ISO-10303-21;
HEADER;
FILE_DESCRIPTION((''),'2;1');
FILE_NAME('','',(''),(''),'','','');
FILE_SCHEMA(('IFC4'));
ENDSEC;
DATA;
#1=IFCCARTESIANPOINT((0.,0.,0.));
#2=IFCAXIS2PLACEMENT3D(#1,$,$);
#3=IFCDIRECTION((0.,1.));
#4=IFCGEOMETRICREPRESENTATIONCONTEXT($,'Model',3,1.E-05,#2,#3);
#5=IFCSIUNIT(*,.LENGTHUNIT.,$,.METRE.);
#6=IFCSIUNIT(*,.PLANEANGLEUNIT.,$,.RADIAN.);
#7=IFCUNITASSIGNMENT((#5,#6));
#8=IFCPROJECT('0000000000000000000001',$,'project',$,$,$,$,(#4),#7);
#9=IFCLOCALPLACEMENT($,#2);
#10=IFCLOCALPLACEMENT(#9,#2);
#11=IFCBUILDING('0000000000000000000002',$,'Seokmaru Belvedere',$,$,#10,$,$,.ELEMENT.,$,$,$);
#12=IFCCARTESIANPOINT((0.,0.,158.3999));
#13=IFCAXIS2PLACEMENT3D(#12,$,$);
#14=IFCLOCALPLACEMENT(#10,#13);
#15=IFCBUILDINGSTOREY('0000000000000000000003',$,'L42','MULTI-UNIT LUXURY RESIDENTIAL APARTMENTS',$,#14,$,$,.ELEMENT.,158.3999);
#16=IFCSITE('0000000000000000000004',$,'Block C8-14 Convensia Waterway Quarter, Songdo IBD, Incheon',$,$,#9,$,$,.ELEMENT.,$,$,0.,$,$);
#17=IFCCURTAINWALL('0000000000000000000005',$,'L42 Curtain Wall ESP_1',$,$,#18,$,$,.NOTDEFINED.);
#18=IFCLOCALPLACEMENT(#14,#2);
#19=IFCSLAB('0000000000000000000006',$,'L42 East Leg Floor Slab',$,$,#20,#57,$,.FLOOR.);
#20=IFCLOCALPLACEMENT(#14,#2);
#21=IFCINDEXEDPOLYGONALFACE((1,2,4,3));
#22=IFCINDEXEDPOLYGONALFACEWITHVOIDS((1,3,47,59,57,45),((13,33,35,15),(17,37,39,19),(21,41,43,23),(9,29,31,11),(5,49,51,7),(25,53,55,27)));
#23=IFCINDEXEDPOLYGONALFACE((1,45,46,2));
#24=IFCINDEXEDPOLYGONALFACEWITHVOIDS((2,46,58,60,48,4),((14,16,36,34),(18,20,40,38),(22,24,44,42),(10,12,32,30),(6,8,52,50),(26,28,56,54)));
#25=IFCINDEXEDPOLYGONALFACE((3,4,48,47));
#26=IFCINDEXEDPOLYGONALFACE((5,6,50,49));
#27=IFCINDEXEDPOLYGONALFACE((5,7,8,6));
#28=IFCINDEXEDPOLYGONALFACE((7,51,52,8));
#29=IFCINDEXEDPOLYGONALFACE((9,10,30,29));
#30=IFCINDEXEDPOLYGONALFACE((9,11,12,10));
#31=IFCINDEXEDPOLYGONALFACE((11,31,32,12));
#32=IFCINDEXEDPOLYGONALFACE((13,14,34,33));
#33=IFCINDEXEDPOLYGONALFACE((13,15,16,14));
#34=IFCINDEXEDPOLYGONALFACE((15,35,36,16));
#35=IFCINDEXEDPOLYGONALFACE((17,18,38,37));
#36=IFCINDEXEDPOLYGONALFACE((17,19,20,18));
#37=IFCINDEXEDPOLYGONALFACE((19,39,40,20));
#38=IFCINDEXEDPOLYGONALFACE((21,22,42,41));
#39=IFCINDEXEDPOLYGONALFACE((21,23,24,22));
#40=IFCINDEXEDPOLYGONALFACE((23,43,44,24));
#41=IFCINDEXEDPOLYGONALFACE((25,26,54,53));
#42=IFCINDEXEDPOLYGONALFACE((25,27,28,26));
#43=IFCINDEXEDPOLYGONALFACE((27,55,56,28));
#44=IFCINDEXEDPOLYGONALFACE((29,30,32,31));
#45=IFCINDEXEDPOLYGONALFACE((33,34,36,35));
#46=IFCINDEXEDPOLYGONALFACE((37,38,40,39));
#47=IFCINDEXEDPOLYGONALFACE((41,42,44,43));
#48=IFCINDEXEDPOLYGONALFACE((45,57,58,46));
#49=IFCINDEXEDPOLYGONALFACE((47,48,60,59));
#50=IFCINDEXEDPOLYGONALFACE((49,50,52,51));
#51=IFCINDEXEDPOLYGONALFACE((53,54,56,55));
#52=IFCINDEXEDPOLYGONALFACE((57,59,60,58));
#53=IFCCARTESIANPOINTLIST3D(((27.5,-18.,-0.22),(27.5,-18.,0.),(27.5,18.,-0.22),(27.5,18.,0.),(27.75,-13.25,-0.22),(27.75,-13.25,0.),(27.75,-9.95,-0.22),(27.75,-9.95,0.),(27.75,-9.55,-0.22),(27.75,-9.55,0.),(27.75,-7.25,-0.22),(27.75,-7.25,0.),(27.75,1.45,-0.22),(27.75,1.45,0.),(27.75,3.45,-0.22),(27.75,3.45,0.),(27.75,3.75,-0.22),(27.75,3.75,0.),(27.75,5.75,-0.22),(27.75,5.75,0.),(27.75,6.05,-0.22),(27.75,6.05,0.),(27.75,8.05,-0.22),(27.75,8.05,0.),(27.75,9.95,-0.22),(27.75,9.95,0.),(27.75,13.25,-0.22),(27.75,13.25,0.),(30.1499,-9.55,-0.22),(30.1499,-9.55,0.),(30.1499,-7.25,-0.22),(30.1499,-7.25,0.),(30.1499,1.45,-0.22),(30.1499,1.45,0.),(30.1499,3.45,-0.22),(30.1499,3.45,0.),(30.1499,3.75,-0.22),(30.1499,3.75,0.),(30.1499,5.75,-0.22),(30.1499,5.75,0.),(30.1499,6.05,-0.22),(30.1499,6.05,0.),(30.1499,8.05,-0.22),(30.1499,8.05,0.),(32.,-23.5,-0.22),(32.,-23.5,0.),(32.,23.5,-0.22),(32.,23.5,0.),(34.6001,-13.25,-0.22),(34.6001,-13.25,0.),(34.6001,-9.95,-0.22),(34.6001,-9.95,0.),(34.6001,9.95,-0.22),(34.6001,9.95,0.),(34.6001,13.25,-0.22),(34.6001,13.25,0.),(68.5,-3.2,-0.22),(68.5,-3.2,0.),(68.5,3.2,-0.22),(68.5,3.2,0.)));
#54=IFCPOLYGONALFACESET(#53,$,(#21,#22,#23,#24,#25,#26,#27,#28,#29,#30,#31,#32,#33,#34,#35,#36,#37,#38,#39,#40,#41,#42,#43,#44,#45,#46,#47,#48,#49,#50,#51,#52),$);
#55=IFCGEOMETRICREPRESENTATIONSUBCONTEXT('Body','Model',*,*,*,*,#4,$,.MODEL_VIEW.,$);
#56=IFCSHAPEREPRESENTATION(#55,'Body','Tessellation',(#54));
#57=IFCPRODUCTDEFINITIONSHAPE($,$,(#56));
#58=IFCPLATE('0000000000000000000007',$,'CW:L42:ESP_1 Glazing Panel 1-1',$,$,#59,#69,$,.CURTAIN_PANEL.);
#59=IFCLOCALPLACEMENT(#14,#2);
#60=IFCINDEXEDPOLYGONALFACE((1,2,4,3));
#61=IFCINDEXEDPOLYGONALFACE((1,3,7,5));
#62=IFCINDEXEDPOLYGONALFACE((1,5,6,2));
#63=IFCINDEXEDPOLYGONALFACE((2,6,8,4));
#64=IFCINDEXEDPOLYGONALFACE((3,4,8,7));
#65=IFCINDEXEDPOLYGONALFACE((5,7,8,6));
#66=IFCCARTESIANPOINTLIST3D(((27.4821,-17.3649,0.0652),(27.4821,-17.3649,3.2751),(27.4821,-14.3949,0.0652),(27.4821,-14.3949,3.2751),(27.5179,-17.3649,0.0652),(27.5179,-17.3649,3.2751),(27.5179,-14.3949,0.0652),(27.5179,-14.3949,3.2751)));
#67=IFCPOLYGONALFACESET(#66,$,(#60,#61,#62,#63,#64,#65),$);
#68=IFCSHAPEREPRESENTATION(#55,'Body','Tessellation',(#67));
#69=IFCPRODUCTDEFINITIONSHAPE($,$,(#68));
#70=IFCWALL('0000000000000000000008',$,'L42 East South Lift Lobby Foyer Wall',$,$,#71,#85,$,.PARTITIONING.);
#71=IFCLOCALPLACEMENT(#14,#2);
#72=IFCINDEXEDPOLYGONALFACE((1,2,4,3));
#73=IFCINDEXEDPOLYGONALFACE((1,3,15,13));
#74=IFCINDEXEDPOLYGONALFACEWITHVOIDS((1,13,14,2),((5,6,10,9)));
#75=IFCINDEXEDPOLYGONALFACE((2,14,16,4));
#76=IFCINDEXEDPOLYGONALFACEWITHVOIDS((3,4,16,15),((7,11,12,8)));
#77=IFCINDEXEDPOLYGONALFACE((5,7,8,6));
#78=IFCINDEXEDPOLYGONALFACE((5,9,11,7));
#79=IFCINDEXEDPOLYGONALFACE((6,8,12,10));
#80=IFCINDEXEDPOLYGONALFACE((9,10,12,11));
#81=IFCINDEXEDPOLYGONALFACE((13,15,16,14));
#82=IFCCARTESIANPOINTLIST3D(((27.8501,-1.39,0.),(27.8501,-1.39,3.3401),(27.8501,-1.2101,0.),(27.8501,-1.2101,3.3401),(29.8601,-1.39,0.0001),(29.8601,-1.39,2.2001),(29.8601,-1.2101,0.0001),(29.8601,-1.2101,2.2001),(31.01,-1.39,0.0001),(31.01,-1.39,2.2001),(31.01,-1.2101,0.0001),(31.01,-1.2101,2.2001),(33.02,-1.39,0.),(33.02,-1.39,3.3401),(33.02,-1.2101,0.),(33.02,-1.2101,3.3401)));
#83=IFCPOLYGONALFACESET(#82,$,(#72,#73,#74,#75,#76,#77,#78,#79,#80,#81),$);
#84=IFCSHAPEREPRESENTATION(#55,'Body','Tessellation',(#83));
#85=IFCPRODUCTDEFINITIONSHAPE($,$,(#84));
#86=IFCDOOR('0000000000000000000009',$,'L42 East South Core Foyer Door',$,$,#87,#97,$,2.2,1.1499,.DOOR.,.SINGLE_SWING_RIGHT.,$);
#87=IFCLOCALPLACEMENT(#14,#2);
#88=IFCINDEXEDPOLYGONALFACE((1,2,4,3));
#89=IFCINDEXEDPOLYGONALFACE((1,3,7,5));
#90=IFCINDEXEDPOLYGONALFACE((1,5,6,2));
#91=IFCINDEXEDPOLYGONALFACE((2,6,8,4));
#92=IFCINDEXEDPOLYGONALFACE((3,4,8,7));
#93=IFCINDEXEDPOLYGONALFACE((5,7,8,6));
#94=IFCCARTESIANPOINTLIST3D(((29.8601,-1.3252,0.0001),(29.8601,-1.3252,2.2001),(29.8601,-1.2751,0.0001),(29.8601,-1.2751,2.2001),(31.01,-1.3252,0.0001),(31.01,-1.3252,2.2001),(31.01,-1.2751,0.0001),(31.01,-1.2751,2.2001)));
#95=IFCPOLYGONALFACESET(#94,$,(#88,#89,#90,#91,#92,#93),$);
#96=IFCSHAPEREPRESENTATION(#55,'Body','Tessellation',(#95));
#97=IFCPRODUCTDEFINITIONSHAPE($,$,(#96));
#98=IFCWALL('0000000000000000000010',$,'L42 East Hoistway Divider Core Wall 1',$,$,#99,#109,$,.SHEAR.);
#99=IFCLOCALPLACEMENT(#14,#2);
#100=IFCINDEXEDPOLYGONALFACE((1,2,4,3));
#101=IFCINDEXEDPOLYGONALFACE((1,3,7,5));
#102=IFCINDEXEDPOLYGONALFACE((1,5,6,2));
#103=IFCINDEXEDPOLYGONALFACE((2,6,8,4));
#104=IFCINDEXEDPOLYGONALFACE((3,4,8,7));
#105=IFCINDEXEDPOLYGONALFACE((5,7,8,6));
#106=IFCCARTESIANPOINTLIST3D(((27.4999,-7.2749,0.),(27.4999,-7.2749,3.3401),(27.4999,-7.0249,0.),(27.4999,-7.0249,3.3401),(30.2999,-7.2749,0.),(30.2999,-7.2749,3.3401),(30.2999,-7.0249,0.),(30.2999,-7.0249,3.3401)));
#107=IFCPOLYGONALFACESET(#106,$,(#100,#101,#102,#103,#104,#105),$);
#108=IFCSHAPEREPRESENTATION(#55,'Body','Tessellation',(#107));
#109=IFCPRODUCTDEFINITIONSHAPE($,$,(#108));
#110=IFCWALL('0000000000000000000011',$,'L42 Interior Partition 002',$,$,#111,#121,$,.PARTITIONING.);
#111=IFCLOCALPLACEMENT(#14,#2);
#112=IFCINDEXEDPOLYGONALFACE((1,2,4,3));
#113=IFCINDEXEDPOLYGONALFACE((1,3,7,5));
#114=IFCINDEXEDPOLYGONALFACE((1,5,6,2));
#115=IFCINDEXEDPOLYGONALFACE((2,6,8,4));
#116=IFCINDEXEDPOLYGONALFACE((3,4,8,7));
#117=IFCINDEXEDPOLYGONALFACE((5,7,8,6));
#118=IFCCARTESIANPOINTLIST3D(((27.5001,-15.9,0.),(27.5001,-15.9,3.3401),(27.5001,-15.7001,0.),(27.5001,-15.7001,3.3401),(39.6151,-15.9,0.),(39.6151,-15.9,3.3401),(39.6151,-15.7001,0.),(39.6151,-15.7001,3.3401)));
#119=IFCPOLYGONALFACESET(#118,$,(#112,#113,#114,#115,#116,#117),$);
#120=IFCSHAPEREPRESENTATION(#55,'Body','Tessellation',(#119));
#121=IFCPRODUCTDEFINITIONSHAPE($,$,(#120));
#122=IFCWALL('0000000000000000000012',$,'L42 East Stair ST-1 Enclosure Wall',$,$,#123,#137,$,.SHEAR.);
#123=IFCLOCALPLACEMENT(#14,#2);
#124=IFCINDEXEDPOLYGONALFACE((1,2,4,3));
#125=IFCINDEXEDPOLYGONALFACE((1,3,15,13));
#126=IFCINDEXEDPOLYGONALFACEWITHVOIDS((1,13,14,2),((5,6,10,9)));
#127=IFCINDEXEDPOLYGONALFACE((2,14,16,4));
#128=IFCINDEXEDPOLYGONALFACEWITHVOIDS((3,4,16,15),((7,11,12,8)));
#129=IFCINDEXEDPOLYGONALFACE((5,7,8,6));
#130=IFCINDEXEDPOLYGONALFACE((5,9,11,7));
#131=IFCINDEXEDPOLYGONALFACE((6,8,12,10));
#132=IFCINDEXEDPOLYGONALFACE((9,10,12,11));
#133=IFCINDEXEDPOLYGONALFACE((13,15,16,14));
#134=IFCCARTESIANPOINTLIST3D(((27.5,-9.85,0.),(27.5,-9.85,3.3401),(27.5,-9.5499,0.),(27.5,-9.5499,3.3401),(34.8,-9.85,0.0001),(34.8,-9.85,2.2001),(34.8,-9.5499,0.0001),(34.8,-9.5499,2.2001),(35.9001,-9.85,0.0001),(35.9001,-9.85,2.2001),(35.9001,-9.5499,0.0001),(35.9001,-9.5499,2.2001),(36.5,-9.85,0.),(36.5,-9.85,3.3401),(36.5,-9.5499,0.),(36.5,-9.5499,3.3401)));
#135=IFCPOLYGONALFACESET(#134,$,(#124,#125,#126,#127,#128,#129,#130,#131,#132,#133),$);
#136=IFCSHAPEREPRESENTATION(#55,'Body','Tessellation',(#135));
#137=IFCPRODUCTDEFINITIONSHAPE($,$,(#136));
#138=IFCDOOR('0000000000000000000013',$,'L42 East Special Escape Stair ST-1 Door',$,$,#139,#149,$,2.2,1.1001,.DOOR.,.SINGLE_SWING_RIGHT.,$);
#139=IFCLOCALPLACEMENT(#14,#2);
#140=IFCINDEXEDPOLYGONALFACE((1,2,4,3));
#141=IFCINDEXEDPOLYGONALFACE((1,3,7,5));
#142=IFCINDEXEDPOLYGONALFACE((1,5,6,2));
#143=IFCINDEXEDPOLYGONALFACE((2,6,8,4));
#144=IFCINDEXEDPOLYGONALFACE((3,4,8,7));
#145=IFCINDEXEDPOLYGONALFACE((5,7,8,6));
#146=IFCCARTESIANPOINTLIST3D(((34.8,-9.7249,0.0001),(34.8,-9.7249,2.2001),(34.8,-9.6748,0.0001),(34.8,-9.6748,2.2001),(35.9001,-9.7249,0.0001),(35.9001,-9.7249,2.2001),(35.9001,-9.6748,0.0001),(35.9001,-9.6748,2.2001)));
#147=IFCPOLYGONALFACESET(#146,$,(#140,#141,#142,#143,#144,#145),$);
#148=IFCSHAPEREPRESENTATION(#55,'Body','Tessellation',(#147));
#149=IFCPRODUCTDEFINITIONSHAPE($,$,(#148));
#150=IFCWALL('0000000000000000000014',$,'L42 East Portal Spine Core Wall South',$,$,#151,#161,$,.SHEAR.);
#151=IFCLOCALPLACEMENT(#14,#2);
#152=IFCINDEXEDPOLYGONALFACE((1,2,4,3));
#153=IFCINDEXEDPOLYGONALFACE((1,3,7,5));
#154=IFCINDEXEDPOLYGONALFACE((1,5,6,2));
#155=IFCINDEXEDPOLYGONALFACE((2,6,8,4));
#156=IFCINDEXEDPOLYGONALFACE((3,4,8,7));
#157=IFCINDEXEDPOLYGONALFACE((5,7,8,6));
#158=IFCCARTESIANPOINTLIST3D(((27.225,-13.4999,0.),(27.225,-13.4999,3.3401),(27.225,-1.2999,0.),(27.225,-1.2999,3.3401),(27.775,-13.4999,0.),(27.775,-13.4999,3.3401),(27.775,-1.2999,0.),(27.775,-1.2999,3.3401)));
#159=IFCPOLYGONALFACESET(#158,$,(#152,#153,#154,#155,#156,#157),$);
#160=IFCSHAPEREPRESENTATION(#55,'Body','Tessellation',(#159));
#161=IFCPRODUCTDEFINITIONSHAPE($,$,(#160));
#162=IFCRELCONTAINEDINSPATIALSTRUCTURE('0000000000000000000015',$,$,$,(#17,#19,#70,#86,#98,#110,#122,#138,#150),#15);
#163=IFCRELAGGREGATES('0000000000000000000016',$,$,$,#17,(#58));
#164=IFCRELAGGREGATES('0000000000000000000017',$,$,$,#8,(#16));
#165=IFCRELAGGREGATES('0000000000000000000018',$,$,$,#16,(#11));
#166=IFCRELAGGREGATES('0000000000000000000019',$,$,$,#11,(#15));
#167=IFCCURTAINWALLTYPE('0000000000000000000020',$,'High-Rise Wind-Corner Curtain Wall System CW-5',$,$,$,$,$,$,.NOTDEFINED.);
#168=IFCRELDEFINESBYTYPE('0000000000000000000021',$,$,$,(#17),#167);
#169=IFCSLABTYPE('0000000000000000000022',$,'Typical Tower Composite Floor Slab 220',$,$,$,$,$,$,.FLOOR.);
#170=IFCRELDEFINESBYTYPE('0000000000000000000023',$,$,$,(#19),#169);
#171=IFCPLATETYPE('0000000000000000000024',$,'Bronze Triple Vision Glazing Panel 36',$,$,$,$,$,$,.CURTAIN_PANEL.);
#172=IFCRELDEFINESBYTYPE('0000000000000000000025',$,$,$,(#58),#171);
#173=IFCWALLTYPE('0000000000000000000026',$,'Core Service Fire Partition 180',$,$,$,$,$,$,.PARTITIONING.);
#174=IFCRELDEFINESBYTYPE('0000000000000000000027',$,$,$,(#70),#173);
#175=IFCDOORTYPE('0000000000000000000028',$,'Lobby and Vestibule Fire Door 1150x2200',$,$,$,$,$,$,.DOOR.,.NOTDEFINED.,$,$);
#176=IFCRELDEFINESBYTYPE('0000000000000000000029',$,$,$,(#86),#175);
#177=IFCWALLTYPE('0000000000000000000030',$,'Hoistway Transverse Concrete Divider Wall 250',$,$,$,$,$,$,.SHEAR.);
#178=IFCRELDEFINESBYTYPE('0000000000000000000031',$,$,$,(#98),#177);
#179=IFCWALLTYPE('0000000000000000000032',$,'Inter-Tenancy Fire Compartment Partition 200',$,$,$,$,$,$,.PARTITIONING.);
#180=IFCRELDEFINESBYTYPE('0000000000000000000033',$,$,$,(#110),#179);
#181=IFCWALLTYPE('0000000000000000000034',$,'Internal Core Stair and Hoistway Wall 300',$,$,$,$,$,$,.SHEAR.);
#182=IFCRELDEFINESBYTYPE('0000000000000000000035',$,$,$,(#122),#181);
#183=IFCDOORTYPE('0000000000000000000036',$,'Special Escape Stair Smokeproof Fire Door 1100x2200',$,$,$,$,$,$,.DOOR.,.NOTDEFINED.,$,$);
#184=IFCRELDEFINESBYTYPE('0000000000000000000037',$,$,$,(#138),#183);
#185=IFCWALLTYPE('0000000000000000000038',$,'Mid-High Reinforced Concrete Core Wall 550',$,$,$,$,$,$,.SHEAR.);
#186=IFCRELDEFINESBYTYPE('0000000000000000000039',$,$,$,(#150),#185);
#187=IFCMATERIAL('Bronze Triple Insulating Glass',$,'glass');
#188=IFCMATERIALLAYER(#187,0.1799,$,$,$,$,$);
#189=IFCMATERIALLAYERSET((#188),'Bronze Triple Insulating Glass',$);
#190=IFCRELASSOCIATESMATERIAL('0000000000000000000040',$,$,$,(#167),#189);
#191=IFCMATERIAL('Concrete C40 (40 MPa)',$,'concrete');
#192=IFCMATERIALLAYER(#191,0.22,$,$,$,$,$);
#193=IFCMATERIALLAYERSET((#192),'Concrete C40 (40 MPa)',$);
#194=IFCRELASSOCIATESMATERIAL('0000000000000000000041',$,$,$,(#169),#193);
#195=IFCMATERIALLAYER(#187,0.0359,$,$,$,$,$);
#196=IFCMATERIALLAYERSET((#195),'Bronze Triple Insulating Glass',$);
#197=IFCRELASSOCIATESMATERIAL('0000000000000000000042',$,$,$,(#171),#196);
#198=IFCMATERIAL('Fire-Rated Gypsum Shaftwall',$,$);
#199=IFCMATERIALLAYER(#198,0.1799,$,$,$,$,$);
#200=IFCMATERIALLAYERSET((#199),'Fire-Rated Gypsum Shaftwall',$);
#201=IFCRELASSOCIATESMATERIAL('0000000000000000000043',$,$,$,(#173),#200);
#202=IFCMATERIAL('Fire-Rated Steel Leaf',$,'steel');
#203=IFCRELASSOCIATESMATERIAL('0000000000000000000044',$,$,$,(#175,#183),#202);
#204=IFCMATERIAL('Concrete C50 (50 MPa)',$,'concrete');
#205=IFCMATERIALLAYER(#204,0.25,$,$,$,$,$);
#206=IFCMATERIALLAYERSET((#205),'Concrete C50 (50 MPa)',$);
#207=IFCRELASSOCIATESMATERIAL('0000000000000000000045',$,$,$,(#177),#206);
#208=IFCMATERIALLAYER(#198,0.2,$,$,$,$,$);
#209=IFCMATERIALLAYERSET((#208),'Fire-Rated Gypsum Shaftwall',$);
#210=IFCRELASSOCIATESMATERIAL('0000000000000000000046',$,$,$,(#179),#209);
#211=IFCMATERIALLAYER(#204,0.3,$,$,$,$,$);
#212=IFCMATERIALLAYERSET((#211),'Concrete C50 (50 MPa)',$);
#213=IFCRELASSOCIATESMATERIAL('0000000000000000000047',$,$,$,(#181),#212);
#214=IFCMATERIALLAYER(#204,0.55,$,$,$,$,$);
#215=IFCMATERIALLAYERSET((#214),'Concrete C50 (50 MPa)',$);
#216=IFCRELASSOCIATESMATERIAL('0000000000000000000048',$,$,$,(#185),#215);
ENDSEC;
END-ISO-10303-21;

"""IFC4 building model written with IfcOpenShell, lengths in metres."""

from ifc_helpers import new_model, si_unit, direction, frame, frame_2d, origin, origin_2d, place, context, subcontext, project, spatial, polyline, rectangle, outline, extrude, source, transform, mapped, material, layer, layer_set, type_object, type_shapes, element, fill, aggregate, save


model = new_model("IFC4")

# Units and contexts
model_context = context("Model", 3, precision=1e-05, world=origin(), true_north=direction((0.0, 1.0)))
body_context = subcontext(model_context, "Body", "Model", "MODEL_VIEW")
ifc_project = project(units=[si_unit("LENGTHUNIT", "METRE"), si_unit("PLANEANGLEUNIT", "RADIAN")], contexts=[model_context])

# Site, building, storey
site_placement = place(None, origin())
site = spatial("IfcSite", under=ifc_project, at=site_placement, Name="Block C8-14 Convensia Waterway Quarter, Songdo IBD, Incheon", CompositionType="ELEMENT", RefElevation=0.0)
building_placement = place(site_placement, origin())
building = spatial("IfcBuilding", under=site, at=building_placement, Name="Seokmaru Belvedere", CompositionType="ELEMENT")
storey_placement = place(building_placement, frame((0.0, 0.0, 158.3999)))
storey = spatial("IfcBuildingStorey", under=building, at=storey_placement, Name="L42", Description="MULTI-UNIT LUXURY RESIDENTIAL APARTMENTS", CompositionType="ELEMENT", Elevation=158.3999)

# Curtain wall
ifc_material_1 = material(Name="Bronze Triple Insulating Glass", Category="glass")
ifc_layer_1 = layer(ifc_material_1, 0.1799)
ifc_layer_set_1 = layer_set([ifc_layer_1], Name="Bronze Triple Insulating Glass")
curtain_wall_type = type_object("IfcCurtainWallType", Name="High-Rise Wind-Corner Curtain Wall System CW-5", PredefinedType="NOTDEFINED", material=ifc_layer_set_1)
curtain_wall_placement = place(storey_placement, origin())
curtain_wall = element("IfcCurtainWall", 1, at=curtain_wall_placement, inside=storey, type_object=curtain_wall_type, Name="L42 Curtain Wall ESP_1", PredefinedType="NOTDEFINED")

# Shared definitions
ifc_material_2 = material(Name="Concrete C40 (40 MPa)", Category="concrete")

# Slab
ifc_layer_2 = layer(ifc_material_2, 0.22)
ifc_layer_set_2 = layer_set([ifc_layer_2], Name="Concrete C40 (40 MPa)")
slab_type_1 = type_object("IfcSlabType", Name="Typical Tower Composite Floor Slab 220", PredefinedType="FLOOR", material=ifc_layer_set_2)
slab_1_placement = place(storey_placement, frame((0.0, 0.0, -0.22)))
element("IfcSlab", 2, at=slab_1_placement, inside=storey, type_object=slab_type_1, Name="L42 East Leg Floor Slab", PredefinedType="FLOOR", context=body_context, shape_type="SweptSolid", body=[
    extrude(outline(polyline([(32.0, -23.5), (68.5, -3.2), (68.5, 3.2), (32.0, 23.5), (27.5, 18.0), (27.5, -18.0), (32.0, -23.5)]), holes=[polyline([(27.75, -13.25), (34.6001, -13.25), (34.6001, -9.95), (27.75, -9.95), (27.75, -13.25)]), polyline([(27.75, 9.95), (34.6001, 9.95), (34.6001, 13.25), (27.75, 13.25), (27.75, 9.95)]), polyline([(27.75, -9.55), (30.1499, -9.55), (30.1499, -7.25), (27.75, -7.25), (27.75, -9.55)]), polyline([(27.75, 1.45), (30.1499, 1.45), (30.1499, 3.45), (27.75, 3.45), (27.75, 1.45)]), polyline([(27.75, 3.75), (30.1499, 3.75), (30.1499, 5.75), (27.75, 5.75), (27.75, 3.75)]), polyline([(27.75, 6.05), (30.1499, 6.05), (30.1499, 8.05), (27.75, 8.05), (27.75, 6.05)])]), origin(), (0.0, 0.0, 1.0), 0.22),
])

# Plate
ifc_layer_3 = layer(ifc_material_1, 0.0359)
ifc_layer_set_3 = layer_set([ifc_layer_3], Name="Bronze Triple Insulating Glass")
plate_type = type_object("IfcPlateType", Name="Bronze Triple Vision Glazing Panel 36", PredefinedType="CURTAIN_PANEL", material=ifc_layer_set_3)
shared_shape_1 = source(origin(), body_context, "Body", "SweptSolid", [
    extrude(rectangle(XDim=2.97, YDim=0.0359, at=origin_2d()), origin(), (0.0, 0.0, 1.0), 3.21),
])
type_shapes(plate_type, [shared_shape_1])
plate_placement = place(storey_placement, frame((27.5, -15.8799, 0.0652), z_axis=(0.0, 0.0, 1.0), x_axis=(0.0, -1.0, 0.0)))
plate = element("IfcPlate", 3, at=plate_placement, type_object=plate_type, Name="CW:L42:ESP_1 Glazing Panel 1-1", PredefinedType="CURTAIN_PANEL", context=body_context, shape_type="MappedRepresentation", body=[
    mapped(shared_shape_1, transform((0.0, 0.0, 0.0), scale=1.0)),
])
aggregate(curtain_wall, [plate])

# Wall, opening, door
ifc_material_3 = material(Name="Fire-Rated Gypsum Shaftwall")
ifc_layer_4 = layer(ifc_material_3, 0.1799)
ifc_layer_set_4 = layer_set([ifc_layer_4], Name="Fire-Rated Gypsum Shaftwall")
wall_type_1 = type_object("IfcWallType", Name="Core Service Fire Partition 180", PredefinedType="PARTITIONING", material=ifc_layer_set_4)
wall_1_placement = place(storey_placement, frame((27.8501, -1.3, 0.0), z_axis=(0.0, 0.0, 1.0), x_axis=(1.0, 0.0, 0.0)))
wall_1 = element("IfcWall", 4, at=wall_1_placement, inside=storey, type_object=wall_type_1, Name="L42 East South Lift Lobby Foyer Wall", PredefinedType="PARTITIONING", context=body_context, shape_type="SweptSolid", body=[
    extrude(rectangle(XDim=5.1699, YDim=0.1799, at=frame_2d((2.585, 0.0))), origin(), (0.0, 0.0, 1.0), 3.3401),
])
opening_1_placement = place(wall_1_placement, frame((2.01, 0.0, 0.0)))
opening_1 = element("IfcOpeningElement", 5, at=opening_1_placement, cuts=wall_1, PredefinedType="OPENING", context=body_context, shape_type="SweptSolid", body=[
    extrude(rectangle(XDim=1.1499, YDim=2.2, at=frame_2d((0.575, 1.1001))), frame((0.0, 0.1001, 0.0), z_axis=(0.0, -1.0, 0.0), x_axis=(1.0, 0.0, 0.0)), (0.0, 0.0, 1.0), 0.2),
])
ifc_material_4 = material(Name="Fire-Rated Steel Leaf", Category="steel")
door_type_1 = type_object("IfcDoorType", Name="Lobby and Vestibule Fire Door 1150x2200", OperationType="NOTDEFINED", PredefinedType="DOOR", material=ifc_material_4)
shared_shape_2 = source(origin(), body_context, "Body", "SweptSolid", [
    extrude(rectangle(XDim=1.1499, YDim=2.2, at=frame_2d((0.575, 1.1001))), frame((0.0, 0.0249, 0.0), z_axis=(0.0, -1.0, 0.0), x_axis=(1.0, 0.0, 0.0)), (0.0, 0.0, 1.0), 0.05),
])
type_shapes(door_type_1, [shared_shape_2])
door_1_placement = place(opening_1_placement, origin())
door_1 = element("IfcDoor", 6, at=door_1_placement, inside=storey, type_object=door_type_1, Name="L42 East South Core Foyer Door", OperationType="SINGLE_SWING_RIGHT", OverallHeight=2.2, OverallWidth=1.1499, PredefinedType="DOOR", context=body_context, shape_type="MappedRepresentation", body=[
    mapped(shared_shape_2, transform((0.0, 0.0, 0.0), scale=1.0)),
])
fill(opening_1, door_1)

# Walls
ifc_material_5 = material(Name="Concrete C50 (50 MPa)", Category="concrete")
ifc_layer_5 = layer(ifc_material_5, 0.25)
ifc_layer_set_5 = layer_set([ifc_layer_5], Name="Concrete C50 (50 MPa)")
wall_type_2 = type_object("IfcWallType", Name="Hoistway Transverse Concrete Divider Wall 250", PredefinedType="SHEAR", material=ifc_layer_set_5)
wall_2_placement = place(storey_placement, frame((27.5, -7.1499, 0.0), z_axis=(0.0, 0.0, 1.0), x_axis=(1.0, 0.0, 0.0)))
element("IfcWall", 7, at=wall_2_placement, inside=storey, type_object=wall_type_2, Name="L42 East Hoistway Divider Core Wall 1", PredefinedType="SHEAR", context=body_context, shape_type="SweptSolid", body=[
    extrude(rectangle(XDim=2.8, YDim=0.25, at=frame_2d((1.3999, 0.0))), origin(), (0.0, 0.0, 1.0), 3.3401),
])
ifc_layer_6 = layer(ifc_material_3, 0.2)
ifc_layer_set_6 = layer_set([ifc_layer_6], Name="Fire-Rated Gypsum Shaftwall")
wall_type_3 = type_object("IfcWallType", Name="Inter-Tenancy Fire Compartment Partition 200", PredefinedType="PARTITIONING", material=ifc_layer_set_6)
wall_3_placement = place(storey_placement, frame((27.5, -15.8, 0.0), z_axis=(0.0, 0.0, 1.0), x_axis=(1.0, 0.0, 0.0)))
element("IfcWall", 8, at=wall_3_placement, inside=storey, type_object=wall_type_3, Name="L42 Interior Partition 002", PredefinedType="PARTITIONING", context=body_context, shape_type="SweptSolid", body=[
    extrude(rectangle(XDim=12.115, YDim=0.2, at=frame_2d((6.0576, 0.0))), origin(), (0.0, 0.0, 1.0), 3.3401),
])

# Wall, opening, door
ifc_layer_7 = layer(ifc_material_5, 0.3)
ifc_layer_set_7 = layer_set([ifc_layer_7], Name="Concrete C50 (50 MPa)")
wall_type_4 = type_object("IfcWallType", Name="Internal Core Stair and Hoistway Wall 300", PredefinedType="SHEAR", material=ifc_layer_set_7)
wall_4_placement = place(storey_placement, frame((27.5, -9.7, 0.0), z_axis=(0.0, 0.0, 1.0), x_axis=(1.0, 0.0, 0.0)))
wall_4 = element("IfcWall", 9, at=wall_4_placement, inside=storey, type_object=wall_type_4, Name="L42 East Stair ST-1 Enclosure Wall", PredefinedType="SHEAR", context=body_context, shape_type="SweptSolid", body=[
    extrude(rectangle(XDim=9.0, YDim=0.3, at=frame_2d((4.5, 0.0))), origin(), (0.0, 0.0, 1.0), 3.3401),
])
opening_2_placement = place(wall_4_placement, frame((7.3, 0.0, 0.0)))
opening_2 = element("IfcOpeningElement", 10, at=opening_2_placement, cuts=wall_4, PredefinedType="OPENING", context=body_context, shape_type="SweptSolid", body=[
    extrude(rectangle(XDim=1.1001, YDim=2.2, at=frame_2d((0.55, 1.1001))), frame((0.0, 0.1602, 0.0), z_axis=(0.0, -1.0, 0.0), x_axis=(1.0, 0.0, 0.0)), (0.0, 0.0, 1.0), 0.3201),
])
door_type_2 = type_object("IfcDoorType", Name="Special Escape Stair Smokeproof Fire Door 1100x2200", OperationType="NOTDEFINED", PredefinedType="DOOR", material=ifc_material_4)
shared_shape_3 = source(origin(), body_context, "Body", "SweptSolid", [
    extrude(rectangle(XDim=1.1001, YDim=2.2, at=frame_2d((0.55, 1.1001))), frame((0.0, 0.0249, 0.0), z_axis=(0.0, -1.0, 0.0), x_axis=(1.0, 0.0, 0.0)), (0.0, 0.0, 1.0), 0.05),
])
type_shapes(door_type_2, [shared_shape_3])
door_2_placement = place(opening_2_placement, frame((1.1001, 0.0, 0.0), z_axis=(0.0, 0.0, 1.0), x_axis=(-1.0, 0.0, 0.0)))
door_2 = element("IfcDoor", 11, at=door_2_placement, inside=storey, type_object=door_type_2, Name="L42 East Special Escape Stair ST-1 Door", OperationType="SINGLE_SWING_RIGHT", OverallHeight=2.2, OverallWidth=1.1001, PredefinedType="DOOR", context=body_context, shape_type="MappedRepresentation", body=[
    mapped(shared_shape_3, transform((0.0, 0.0, 0.0), scale=1.0)),
])
fill(opening_2, door_2)

# Wall
ifc_layer_8 = layer(ifc_material_5, 0.55)
ifc_layer_set_8 = layer_set([ifc_layer_8], Name="Concrete C50 (50 MPa)")
wall_type_5 = type_object("IfcWallType", Name="Mid-High Reinforced Concrete Core Wall 550", PredefinedType="SHEAR", material=ifc_layer_set_8)
wall_5_placement = place(storey_placement, frame((27.5, -13.5, 0.0), z_axis=(0.0, 0.0, 1.0), x_axis=(0.0, 1.0, 0.0)))
element("IfcWall", 12, at=wall_5_placement, inside=storey, type_object=wall_type_5, Name="L42 East Portal Spine Core Wall South", PredefinedType="SHEAR", context=body_context, shape_type="SweptSolid", body=[
    extrude(rectangle(XDim=12.2, YDim=0.55, at=frame_2d((6.1001, 0.0))), origin(), (0.0, 0.0, 1.0), 3.3401),
])

save(model, "model.ifc")
